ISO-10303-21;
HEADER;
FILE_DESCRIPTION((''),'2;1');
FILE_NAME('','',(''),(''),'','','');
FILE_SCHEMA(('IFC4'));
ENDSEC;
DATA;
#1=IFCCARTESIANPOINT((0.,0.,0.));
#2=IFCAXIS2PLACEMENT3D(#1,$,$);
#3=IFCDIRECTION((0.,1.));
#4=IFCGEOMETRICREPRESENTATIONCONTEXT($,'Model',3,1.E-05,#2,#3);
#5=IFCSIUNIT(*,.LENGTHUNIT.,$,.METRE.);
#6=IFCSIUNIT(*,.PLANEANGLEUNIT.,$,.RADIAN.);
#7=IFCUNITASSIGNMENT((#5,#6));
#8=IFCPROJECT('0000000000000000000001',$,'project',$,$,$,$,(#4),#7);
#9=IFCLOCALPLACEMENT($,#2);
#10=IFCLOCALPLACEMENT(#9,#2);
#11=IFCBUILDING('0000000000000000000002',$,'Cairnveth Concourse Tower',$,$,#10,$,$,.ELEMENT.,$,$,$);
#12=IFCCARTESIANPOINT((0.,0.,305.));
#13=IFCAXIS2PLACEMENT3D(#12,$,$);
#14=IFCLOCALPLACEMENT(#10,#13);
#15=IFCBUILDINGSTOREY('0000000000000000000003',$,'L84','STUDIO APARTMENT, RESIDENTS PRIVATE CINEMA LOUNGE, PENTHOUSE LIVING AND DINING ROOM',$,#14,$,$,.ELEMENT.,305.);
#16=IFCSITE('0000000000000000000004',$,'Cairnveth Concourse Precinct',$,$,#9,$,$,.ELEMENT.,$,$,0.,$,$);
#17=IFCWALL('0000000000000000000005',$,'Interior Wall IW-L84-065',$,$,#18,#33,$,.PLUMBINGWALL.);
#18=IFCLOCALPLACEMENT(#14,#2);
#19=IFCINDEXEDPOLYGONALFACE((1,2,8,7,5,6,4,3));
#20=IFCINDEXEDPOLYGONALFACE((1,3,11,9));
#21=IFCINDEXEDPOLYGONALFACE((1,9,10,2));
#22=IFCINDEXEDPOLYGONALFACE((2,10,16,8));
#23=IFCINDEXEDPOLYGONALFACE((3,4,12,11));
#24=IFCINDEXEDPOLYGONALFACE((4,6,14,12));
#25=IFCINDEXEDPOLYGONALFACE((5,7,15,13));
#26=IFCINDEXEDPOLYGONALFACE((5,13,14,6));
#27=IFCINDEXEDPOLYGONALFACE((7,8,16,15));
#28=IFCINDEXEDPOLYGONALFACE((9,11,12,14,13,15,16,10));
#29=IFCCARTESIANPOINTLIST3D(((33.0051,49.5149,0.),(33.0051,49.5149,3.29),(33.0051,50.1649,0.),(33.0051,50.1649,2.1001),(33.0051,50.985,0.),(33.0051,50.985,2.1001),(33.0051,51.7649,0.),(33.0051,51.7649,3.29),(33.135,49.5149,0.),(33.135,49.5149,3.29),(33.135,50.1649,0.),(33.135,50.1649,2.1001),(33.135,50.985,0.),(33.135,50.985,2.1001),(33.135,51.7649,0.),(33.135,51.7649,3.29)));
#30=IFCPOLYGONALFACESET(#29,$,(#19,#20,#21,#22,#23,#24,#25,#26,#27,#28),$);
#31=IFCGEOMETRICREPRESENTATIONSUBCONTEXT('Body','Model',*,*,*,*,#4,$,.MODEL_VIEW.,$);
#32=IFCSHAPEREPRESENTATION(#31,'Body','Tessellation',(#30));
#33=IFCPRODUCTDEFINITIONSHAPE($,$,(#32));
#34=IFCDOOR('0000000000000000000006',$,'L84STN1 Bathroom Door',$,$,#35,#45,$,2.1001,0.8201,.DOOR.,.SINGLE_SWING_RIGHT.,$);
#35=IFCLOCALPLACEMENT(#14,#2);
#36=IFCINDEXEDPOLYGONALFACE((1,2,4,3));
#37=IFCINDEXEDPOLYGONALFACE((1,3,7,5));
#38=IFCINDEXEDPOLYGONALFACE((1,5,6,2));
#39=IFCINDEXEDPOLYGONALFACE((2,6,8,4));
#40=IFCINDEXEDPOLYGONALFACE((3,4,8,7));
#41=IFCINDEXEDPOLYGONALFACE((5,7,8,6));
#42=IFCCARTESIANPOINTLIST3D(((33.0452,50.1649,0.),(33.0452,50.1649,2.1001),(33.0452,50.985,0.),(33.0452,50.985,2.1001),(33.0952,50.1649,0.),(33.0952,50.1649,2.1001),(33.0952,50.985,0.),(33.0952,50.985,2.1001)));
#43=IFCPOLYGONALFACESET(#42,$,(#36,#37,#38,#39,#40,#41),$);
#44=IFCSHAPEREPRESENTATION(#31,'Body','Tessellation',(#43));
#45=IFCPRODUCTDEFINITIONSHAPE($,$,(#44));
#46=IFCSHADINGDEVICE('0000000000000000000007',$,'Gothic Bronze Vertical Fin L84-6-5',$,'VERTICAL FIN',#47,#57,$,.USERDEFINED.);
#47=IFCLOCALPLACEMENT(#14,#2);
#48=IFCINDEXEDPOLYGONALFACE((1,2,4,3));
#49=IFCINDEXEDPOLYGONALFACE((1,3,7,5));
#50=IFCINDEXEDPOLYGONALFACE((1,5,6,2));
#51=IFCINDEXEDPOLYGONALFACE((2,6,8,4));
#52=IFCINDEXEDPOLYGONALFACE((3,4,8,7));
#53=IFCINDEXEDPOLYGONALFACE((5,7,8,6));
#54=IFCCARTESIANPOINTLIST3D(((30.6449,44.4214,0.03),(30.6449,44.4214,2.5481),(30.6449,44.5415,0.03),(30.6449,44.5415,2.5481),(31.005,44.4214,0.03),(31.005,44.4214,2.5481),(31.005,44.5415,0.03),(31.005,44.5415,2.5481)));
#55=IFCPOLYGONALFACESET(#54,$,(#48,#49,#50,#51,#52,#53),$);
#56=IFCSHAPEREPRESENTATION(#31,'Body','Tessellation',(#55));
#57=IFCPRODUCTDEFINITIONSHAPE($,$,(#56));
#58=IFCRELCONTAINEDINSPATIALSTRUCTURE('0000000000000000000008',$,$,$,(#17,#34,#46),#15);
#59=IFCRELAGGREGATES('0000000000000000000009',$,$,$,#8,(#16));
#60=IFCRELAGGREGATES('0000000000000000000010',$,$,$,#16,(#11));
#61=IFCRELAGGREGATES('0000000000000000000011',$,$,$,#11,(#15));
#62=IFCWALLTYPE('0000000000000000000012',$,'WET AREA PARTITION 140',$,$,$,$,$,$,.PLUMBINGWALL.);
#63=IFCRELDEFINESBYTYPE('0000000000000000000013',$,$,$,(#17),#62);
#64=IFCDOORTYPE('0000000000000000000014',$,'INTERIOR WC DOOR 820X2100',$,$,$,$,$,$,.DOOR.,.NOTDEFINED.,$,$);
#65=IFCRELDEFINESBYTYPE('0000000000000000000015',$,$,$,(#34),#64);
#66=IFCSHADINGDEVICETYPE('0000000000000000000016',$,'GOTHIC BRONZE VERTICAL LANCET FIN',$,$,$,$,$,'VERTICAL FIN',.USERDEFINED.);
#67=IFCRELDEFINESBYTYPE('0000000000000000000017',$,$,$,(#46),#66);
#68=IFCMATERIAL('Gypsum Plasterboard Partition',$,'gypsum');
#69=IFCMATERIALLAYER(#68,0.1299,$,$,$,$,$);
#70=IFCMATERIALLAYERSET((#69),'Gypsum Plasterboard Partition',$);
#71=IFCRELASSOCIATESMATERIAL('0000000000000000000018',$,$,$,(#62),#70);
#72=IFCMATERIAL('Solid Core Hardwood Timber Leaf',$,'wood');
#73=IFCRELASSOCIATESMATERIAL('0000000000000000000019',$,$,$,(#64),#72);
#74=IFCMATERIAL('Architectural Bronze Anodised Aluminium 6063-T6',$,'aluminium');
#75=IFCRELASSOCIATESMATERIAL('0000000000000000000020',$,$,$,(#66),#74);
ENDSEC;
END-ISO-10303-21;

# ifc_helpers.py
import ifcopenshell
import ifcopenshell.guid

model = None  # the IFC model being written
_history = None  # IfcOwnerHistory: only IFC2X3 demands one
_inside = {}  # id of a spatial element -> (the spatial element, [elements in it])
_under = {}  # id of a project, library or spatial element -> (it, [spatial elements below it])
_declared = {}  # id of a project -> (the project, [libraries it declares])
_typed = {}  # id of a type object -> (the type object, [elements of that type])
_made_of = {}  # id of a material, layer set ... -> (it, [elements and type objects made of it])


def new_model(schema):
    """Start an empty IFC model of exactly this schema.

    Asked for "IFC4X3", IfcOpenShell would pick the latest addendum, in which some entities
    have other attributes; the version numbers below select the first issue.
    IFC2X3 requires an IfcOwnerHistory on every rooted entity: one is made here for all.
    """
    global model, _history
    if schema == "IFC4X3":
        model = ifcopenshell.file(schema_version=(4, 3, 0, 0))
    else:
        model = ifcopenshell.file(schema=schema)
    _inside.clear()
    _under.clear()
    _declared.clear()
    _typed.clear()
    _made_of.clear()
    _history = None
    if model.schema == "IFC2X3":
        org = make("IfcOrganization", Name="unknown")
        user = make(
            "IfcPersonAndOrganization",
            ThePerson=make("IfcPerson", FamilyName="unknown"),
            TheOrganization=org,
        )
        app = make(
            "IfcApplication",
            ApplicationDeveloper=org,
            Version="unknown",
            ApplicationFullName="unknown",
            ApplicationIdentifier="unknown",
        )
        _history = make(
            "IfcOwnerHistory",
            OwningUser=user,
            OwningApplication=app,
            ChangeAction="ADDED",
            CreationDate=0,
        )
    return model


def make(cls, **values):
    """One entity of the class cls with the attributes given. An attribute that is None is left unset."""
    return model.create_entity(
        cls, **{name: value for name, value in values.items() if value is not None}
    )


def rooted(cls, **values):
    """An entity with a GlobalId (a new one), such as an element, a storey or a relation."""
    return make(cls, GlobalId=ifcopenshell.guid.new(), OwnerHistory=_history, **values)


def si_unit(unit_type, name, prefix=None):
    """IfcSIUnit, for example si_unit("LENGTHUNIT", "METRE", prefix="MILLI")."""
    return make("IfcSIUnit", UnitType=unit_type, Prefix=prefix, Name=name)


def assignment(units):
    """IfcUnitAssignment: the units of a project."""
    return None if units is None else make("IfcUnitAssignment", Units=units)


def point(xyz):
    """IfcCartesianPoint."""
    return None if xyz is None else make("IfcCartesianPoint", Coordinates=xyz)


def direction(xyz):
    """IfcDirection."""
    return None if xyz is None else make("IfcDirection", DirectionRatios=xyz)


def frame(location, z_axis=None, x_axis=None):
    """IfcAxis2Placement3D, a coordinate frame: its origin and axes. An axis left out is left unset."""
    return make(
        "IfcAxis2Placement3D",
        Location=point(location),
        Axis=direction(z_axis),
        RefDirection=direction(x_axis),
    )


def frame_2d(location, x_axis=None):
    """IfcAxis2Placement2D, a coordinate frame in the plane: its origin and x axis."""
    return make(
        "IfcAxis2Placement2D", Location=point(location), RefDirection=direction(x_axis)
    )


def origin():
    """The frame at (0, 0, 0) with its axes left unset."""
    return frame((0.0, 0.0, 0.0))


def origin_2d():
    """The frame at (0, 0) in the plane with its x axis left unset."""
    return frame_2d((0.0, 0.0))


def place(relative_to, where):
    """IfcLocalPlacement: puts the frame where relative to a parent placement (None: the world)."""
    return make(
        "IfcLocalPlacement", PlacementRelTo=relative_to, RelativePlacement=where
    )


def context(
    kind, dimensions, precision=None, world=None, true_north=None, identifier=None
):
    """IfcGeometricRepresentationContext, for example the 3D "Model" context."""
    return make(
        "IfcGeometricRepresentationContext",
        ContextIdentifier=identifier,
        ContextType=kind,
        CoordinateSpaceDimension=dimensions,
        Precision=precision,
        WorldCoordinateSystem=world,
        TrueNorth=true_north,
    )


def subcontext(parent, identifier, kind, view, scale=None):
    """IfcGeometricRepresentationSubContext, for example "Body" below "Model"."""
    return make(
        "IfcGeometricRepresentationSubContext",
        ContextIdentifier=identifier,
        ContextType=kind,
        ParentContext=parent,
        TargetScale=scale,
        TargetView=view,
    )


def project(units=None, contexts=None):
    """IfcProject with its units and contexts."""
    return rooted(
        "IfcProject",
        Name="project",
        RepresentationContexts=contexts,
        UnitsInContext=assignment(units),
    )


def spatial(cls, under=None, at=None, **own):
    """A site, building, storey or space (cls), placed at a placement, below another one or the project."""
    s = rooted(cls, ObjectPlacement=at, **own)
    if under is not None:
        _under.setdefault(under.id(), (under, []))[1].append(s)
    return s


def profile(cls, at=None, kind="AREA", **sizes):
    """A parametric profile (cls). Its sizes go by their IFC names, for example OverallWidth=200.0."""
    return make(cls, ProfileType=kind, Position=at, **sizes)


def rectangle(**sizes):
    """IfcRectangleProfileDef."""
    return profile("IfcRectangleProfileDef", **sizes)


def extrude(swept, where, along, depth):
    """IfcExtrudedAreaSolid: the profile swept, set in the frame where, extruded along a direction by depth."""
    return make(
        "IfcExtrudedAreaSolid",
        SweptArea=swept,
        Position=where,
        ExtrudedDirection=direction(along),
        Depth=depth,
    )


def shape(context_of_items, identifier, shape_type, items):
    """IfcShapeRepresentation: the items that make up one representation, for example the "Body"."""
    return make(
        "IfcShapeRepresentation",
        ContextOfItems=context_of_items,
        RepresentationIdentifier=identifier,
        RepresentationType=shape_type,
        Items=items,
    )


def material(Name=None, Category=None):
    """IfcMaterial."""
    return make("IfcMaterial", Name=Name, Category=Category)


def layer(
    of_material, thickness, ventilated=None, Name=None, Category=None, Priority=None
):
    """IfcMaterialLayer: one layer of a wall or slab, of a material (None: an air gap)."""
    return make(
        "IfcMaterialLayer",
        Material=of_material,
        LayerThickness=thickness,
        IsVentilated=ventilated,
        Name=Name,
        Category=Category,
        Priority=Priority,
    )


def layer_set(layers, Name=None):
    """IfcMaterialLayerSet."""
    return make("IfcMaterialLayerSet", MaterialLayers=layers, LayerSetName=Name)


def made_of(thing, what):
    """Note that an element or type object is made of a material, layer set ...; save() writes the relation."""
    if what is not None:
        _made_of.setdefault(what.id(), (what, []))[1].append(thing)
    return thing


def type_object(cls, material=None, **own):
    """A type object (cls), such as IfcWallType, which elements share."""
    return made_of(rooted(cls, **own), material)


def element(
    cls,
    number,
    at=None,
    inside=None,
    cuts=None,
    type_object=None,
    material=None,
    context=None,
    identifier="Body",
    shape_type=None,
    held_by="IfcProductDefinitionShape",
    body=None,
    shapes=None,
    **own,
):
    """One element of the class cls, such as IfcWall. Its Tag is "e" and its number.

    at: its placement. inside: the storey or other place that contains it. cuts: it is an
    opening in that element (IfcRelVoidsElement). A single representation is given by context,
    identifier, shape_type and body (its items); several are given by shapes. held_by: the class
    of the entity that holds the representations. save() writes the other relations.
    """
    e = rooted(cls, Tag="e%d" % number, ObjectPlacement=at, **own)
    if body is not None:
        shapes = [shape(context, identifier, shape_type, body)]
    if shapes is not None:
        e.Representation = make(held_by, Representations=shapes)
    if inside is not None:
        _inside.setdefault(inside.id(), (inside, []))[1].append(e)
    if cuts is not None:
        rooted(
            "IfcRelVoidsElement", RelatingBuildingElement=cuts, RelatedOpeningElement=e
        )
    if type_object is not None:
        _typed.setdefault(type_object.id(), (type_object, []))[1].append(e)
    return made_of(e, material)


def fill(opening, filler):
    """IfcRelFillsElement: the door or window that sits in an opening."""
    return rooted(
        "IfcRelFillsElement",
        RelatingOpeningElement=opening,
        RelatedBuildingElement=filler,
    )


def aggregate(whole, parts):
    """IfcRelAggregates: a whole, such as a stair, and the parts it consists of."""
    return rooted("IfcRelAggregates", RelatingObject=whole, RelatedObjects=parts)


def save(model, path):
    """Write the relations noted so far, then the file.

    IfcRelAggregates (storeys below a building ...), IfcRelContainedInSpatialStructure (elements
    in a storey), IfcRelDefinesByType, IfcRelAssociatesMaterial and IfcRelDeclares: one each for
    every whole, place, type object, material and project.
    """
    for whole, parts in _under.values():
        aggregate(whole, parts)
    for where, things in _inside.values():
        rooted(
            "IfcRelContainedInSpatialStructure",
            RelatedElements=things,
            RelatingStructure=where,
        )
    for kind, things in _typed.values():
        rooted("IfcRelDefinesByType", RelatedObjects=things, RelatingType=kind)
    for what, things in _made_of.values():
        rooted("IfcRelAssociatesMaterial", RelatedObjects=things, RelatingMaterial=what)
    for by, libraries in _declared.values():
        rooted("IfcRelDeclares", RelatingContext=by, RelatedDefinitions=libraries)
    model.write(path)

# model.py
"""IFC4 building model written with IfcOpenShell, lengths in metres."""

from ifc_helpers import new_model, si_unit, direction, frame, frame_2d, origin, origin_2d, place, context, subcontext, project, spatial, rectangle, extrude, material, layer, layer_set, type_object, element, fill, save


model = new_model("IFC4")

# Units and contexts
model_context = context("Model", 3, precision=1e-05, world=origin(), true_north=direction((0.0, 1.0)))
body_context = subcontext(model_context, "Body", "Model", "MODEL_VIEW")
ifc_project = project(units=[si_unit("LENGTHUNIT", "METRE"), si_unit("PLANEANGLEUNIT", "RADIAN")], contexts=[model_context])

# Site, building, storey
site_placement = place(None, origin())
site = spatial("IfcSite", under=ifc_project, at=site_placement, Name="Cairnveth Concourse Precinct", CompositionType="ELEMENT", RefElevation=0.0)
building_placement = place(site_placement, origin())
building = spatial("IfcBuilding", under=site, at=building_placement, Name="Cairnveth Concourse Tower", CompositionType="ELEMENT")
storey_placement = place(building_placement, frame((0.0, 0.0, 305.0)))
storey = spatial("IfcBuildingStorey", under=building, at=storey_placement, Name="L84", Description="STUDIO APARTMENT, RESIDENTS PRIVATE CINEMA LOUNGE, PENTHOUSE LIVING AND DINING ROOM", CompositionType="ELEMENT", Elevation=305.0)

# Shared definitions
ifc_material_1 = material(Name="Gypsum Plasterboard Partition", Category="gypsum")
ifc_material_2 = material(Name="Solid Core Hardwood Timber Leaf", Category="wood")

# Shared definitions
ifc_material_3 = material(Name="Architectural Bronze Anodised Aluminium 6063-T6", Category="aluminium")

# Wall, opening, door
ifc_layer_1 = layer(ifc_material_1, 0.1299)
ifc_layer_set_1 = layer_set([ifc_layer_1], Name="Gypsum Plasterboard Partition")
wall_type_1 = type_object("IfcWallType", Name="WET AREA PARTITION 140", PredefinedType="PLUMBINGWALL", material=ifc_layer_set_1)
wall_1_placement = place(storey_placement, frame((33.0701, 49.5149, 0.0), z_axis=(0.0, 0.0, 1.0), x_axis=(0.0, 1.0, 0.0)))
wall_1 = element("IfcWall", 1, at=wall_1_placement, inside=storey, type_object=wall_type_1, Name="Interior Wall IW-L84-065", PredefinedType="PLUMBINGWALL", context=body_context, shape_type="SweptSolid", body=[
    extrude(rectangle(XDim=2.25, YDim=0.1299, at=frame_2d((1.125, 0.0))), origin(), (0.0, 0.0, 1.0), 3.29),
])
opening_1_placement = place(wall_1_placement, frame((0.6499, 0.0, 0.0)))
opening_1 = element("IfcOpeningElement", 2, at=opening_1_placement, cuts=wall_1, PredefinedType="OPENING", context=body_context, shape_type="SweptSolid", body=[
    extrude(rectangle(XDim=0.8201, YDim=2.1001, at=frame_2d((0.4102, 1.05))), frame((0.0, 0.075, 0.0), z_axis=(0.0, -1.0, 0.0), x_axis=(1.0, 0.0, 0.0)), (0.0, 0.0, 1.0), 0.1499),
])
door_type_1 = type_object("IfcDoorType", Name="INTERIOR WC DOOR 820X2100", OperationType="NOTDEFINED", PredefinedType="DOOR", material=ifc_material_2)
door_1_placement = place(opening_1_placement, origin())
door_1 = element("IfcDoor", 3, at=door_1_placement, inside=storey, type_object=door_type_1, Name="L84STN1 Bathroom Door", OperationType="SINGLE_SWING_RIGHT", OverallHeight=2.1001, OverallWidth=0.8201, PredefinedType="DOOR", context=body_context, shape_type="SweptSolid", body=[
    extrude(rectangle(XDim=0.8201, YDim=2.1001, at=frame_2d((0.4102, 1.05))), frame((0.0, 0.0249, 0.0), z_axis=(0.0, -1.0, 0.0), x_axis=(1.0, 0.0, 0.0)), (0.0, 0.0, 1.0), 0.05),
])
fill(opening_1, door_1)

# Shading device
shading_device_type = type_object("IfcShadingDeviceType", Name="GOTHIC BRONZE VERTICAL LANCET FIN", ElementType="VERTICAL FIN", PredefinedType="USERDEFINED", material=ifc_material_3)
shading_device_placement = place(storey_placement, frame((30.825, 44.4814, 0.03), z_axis=(0.0, 0.0, 1.0), x_axis=(0.0, 1.0, 0.0)))
element("IfcShadingDevice", 4, at=shading_device_placement, inside=storey, type_object=shading_device_type, Name="Gothic Bronze Vertical Fin L84-6-5", ObjectType="VERTICAL FIN", PredefinedType="USERDEFINED", context=body_context, shape_type="SweptSolid", body=[
    extrude(rectangle(XDim=0.1201, YDim=0.3601, at=origin_2d()), origin(), (0.0, 0.0, 1.0), 2.5181),
])

save(model, "model.ifc")
